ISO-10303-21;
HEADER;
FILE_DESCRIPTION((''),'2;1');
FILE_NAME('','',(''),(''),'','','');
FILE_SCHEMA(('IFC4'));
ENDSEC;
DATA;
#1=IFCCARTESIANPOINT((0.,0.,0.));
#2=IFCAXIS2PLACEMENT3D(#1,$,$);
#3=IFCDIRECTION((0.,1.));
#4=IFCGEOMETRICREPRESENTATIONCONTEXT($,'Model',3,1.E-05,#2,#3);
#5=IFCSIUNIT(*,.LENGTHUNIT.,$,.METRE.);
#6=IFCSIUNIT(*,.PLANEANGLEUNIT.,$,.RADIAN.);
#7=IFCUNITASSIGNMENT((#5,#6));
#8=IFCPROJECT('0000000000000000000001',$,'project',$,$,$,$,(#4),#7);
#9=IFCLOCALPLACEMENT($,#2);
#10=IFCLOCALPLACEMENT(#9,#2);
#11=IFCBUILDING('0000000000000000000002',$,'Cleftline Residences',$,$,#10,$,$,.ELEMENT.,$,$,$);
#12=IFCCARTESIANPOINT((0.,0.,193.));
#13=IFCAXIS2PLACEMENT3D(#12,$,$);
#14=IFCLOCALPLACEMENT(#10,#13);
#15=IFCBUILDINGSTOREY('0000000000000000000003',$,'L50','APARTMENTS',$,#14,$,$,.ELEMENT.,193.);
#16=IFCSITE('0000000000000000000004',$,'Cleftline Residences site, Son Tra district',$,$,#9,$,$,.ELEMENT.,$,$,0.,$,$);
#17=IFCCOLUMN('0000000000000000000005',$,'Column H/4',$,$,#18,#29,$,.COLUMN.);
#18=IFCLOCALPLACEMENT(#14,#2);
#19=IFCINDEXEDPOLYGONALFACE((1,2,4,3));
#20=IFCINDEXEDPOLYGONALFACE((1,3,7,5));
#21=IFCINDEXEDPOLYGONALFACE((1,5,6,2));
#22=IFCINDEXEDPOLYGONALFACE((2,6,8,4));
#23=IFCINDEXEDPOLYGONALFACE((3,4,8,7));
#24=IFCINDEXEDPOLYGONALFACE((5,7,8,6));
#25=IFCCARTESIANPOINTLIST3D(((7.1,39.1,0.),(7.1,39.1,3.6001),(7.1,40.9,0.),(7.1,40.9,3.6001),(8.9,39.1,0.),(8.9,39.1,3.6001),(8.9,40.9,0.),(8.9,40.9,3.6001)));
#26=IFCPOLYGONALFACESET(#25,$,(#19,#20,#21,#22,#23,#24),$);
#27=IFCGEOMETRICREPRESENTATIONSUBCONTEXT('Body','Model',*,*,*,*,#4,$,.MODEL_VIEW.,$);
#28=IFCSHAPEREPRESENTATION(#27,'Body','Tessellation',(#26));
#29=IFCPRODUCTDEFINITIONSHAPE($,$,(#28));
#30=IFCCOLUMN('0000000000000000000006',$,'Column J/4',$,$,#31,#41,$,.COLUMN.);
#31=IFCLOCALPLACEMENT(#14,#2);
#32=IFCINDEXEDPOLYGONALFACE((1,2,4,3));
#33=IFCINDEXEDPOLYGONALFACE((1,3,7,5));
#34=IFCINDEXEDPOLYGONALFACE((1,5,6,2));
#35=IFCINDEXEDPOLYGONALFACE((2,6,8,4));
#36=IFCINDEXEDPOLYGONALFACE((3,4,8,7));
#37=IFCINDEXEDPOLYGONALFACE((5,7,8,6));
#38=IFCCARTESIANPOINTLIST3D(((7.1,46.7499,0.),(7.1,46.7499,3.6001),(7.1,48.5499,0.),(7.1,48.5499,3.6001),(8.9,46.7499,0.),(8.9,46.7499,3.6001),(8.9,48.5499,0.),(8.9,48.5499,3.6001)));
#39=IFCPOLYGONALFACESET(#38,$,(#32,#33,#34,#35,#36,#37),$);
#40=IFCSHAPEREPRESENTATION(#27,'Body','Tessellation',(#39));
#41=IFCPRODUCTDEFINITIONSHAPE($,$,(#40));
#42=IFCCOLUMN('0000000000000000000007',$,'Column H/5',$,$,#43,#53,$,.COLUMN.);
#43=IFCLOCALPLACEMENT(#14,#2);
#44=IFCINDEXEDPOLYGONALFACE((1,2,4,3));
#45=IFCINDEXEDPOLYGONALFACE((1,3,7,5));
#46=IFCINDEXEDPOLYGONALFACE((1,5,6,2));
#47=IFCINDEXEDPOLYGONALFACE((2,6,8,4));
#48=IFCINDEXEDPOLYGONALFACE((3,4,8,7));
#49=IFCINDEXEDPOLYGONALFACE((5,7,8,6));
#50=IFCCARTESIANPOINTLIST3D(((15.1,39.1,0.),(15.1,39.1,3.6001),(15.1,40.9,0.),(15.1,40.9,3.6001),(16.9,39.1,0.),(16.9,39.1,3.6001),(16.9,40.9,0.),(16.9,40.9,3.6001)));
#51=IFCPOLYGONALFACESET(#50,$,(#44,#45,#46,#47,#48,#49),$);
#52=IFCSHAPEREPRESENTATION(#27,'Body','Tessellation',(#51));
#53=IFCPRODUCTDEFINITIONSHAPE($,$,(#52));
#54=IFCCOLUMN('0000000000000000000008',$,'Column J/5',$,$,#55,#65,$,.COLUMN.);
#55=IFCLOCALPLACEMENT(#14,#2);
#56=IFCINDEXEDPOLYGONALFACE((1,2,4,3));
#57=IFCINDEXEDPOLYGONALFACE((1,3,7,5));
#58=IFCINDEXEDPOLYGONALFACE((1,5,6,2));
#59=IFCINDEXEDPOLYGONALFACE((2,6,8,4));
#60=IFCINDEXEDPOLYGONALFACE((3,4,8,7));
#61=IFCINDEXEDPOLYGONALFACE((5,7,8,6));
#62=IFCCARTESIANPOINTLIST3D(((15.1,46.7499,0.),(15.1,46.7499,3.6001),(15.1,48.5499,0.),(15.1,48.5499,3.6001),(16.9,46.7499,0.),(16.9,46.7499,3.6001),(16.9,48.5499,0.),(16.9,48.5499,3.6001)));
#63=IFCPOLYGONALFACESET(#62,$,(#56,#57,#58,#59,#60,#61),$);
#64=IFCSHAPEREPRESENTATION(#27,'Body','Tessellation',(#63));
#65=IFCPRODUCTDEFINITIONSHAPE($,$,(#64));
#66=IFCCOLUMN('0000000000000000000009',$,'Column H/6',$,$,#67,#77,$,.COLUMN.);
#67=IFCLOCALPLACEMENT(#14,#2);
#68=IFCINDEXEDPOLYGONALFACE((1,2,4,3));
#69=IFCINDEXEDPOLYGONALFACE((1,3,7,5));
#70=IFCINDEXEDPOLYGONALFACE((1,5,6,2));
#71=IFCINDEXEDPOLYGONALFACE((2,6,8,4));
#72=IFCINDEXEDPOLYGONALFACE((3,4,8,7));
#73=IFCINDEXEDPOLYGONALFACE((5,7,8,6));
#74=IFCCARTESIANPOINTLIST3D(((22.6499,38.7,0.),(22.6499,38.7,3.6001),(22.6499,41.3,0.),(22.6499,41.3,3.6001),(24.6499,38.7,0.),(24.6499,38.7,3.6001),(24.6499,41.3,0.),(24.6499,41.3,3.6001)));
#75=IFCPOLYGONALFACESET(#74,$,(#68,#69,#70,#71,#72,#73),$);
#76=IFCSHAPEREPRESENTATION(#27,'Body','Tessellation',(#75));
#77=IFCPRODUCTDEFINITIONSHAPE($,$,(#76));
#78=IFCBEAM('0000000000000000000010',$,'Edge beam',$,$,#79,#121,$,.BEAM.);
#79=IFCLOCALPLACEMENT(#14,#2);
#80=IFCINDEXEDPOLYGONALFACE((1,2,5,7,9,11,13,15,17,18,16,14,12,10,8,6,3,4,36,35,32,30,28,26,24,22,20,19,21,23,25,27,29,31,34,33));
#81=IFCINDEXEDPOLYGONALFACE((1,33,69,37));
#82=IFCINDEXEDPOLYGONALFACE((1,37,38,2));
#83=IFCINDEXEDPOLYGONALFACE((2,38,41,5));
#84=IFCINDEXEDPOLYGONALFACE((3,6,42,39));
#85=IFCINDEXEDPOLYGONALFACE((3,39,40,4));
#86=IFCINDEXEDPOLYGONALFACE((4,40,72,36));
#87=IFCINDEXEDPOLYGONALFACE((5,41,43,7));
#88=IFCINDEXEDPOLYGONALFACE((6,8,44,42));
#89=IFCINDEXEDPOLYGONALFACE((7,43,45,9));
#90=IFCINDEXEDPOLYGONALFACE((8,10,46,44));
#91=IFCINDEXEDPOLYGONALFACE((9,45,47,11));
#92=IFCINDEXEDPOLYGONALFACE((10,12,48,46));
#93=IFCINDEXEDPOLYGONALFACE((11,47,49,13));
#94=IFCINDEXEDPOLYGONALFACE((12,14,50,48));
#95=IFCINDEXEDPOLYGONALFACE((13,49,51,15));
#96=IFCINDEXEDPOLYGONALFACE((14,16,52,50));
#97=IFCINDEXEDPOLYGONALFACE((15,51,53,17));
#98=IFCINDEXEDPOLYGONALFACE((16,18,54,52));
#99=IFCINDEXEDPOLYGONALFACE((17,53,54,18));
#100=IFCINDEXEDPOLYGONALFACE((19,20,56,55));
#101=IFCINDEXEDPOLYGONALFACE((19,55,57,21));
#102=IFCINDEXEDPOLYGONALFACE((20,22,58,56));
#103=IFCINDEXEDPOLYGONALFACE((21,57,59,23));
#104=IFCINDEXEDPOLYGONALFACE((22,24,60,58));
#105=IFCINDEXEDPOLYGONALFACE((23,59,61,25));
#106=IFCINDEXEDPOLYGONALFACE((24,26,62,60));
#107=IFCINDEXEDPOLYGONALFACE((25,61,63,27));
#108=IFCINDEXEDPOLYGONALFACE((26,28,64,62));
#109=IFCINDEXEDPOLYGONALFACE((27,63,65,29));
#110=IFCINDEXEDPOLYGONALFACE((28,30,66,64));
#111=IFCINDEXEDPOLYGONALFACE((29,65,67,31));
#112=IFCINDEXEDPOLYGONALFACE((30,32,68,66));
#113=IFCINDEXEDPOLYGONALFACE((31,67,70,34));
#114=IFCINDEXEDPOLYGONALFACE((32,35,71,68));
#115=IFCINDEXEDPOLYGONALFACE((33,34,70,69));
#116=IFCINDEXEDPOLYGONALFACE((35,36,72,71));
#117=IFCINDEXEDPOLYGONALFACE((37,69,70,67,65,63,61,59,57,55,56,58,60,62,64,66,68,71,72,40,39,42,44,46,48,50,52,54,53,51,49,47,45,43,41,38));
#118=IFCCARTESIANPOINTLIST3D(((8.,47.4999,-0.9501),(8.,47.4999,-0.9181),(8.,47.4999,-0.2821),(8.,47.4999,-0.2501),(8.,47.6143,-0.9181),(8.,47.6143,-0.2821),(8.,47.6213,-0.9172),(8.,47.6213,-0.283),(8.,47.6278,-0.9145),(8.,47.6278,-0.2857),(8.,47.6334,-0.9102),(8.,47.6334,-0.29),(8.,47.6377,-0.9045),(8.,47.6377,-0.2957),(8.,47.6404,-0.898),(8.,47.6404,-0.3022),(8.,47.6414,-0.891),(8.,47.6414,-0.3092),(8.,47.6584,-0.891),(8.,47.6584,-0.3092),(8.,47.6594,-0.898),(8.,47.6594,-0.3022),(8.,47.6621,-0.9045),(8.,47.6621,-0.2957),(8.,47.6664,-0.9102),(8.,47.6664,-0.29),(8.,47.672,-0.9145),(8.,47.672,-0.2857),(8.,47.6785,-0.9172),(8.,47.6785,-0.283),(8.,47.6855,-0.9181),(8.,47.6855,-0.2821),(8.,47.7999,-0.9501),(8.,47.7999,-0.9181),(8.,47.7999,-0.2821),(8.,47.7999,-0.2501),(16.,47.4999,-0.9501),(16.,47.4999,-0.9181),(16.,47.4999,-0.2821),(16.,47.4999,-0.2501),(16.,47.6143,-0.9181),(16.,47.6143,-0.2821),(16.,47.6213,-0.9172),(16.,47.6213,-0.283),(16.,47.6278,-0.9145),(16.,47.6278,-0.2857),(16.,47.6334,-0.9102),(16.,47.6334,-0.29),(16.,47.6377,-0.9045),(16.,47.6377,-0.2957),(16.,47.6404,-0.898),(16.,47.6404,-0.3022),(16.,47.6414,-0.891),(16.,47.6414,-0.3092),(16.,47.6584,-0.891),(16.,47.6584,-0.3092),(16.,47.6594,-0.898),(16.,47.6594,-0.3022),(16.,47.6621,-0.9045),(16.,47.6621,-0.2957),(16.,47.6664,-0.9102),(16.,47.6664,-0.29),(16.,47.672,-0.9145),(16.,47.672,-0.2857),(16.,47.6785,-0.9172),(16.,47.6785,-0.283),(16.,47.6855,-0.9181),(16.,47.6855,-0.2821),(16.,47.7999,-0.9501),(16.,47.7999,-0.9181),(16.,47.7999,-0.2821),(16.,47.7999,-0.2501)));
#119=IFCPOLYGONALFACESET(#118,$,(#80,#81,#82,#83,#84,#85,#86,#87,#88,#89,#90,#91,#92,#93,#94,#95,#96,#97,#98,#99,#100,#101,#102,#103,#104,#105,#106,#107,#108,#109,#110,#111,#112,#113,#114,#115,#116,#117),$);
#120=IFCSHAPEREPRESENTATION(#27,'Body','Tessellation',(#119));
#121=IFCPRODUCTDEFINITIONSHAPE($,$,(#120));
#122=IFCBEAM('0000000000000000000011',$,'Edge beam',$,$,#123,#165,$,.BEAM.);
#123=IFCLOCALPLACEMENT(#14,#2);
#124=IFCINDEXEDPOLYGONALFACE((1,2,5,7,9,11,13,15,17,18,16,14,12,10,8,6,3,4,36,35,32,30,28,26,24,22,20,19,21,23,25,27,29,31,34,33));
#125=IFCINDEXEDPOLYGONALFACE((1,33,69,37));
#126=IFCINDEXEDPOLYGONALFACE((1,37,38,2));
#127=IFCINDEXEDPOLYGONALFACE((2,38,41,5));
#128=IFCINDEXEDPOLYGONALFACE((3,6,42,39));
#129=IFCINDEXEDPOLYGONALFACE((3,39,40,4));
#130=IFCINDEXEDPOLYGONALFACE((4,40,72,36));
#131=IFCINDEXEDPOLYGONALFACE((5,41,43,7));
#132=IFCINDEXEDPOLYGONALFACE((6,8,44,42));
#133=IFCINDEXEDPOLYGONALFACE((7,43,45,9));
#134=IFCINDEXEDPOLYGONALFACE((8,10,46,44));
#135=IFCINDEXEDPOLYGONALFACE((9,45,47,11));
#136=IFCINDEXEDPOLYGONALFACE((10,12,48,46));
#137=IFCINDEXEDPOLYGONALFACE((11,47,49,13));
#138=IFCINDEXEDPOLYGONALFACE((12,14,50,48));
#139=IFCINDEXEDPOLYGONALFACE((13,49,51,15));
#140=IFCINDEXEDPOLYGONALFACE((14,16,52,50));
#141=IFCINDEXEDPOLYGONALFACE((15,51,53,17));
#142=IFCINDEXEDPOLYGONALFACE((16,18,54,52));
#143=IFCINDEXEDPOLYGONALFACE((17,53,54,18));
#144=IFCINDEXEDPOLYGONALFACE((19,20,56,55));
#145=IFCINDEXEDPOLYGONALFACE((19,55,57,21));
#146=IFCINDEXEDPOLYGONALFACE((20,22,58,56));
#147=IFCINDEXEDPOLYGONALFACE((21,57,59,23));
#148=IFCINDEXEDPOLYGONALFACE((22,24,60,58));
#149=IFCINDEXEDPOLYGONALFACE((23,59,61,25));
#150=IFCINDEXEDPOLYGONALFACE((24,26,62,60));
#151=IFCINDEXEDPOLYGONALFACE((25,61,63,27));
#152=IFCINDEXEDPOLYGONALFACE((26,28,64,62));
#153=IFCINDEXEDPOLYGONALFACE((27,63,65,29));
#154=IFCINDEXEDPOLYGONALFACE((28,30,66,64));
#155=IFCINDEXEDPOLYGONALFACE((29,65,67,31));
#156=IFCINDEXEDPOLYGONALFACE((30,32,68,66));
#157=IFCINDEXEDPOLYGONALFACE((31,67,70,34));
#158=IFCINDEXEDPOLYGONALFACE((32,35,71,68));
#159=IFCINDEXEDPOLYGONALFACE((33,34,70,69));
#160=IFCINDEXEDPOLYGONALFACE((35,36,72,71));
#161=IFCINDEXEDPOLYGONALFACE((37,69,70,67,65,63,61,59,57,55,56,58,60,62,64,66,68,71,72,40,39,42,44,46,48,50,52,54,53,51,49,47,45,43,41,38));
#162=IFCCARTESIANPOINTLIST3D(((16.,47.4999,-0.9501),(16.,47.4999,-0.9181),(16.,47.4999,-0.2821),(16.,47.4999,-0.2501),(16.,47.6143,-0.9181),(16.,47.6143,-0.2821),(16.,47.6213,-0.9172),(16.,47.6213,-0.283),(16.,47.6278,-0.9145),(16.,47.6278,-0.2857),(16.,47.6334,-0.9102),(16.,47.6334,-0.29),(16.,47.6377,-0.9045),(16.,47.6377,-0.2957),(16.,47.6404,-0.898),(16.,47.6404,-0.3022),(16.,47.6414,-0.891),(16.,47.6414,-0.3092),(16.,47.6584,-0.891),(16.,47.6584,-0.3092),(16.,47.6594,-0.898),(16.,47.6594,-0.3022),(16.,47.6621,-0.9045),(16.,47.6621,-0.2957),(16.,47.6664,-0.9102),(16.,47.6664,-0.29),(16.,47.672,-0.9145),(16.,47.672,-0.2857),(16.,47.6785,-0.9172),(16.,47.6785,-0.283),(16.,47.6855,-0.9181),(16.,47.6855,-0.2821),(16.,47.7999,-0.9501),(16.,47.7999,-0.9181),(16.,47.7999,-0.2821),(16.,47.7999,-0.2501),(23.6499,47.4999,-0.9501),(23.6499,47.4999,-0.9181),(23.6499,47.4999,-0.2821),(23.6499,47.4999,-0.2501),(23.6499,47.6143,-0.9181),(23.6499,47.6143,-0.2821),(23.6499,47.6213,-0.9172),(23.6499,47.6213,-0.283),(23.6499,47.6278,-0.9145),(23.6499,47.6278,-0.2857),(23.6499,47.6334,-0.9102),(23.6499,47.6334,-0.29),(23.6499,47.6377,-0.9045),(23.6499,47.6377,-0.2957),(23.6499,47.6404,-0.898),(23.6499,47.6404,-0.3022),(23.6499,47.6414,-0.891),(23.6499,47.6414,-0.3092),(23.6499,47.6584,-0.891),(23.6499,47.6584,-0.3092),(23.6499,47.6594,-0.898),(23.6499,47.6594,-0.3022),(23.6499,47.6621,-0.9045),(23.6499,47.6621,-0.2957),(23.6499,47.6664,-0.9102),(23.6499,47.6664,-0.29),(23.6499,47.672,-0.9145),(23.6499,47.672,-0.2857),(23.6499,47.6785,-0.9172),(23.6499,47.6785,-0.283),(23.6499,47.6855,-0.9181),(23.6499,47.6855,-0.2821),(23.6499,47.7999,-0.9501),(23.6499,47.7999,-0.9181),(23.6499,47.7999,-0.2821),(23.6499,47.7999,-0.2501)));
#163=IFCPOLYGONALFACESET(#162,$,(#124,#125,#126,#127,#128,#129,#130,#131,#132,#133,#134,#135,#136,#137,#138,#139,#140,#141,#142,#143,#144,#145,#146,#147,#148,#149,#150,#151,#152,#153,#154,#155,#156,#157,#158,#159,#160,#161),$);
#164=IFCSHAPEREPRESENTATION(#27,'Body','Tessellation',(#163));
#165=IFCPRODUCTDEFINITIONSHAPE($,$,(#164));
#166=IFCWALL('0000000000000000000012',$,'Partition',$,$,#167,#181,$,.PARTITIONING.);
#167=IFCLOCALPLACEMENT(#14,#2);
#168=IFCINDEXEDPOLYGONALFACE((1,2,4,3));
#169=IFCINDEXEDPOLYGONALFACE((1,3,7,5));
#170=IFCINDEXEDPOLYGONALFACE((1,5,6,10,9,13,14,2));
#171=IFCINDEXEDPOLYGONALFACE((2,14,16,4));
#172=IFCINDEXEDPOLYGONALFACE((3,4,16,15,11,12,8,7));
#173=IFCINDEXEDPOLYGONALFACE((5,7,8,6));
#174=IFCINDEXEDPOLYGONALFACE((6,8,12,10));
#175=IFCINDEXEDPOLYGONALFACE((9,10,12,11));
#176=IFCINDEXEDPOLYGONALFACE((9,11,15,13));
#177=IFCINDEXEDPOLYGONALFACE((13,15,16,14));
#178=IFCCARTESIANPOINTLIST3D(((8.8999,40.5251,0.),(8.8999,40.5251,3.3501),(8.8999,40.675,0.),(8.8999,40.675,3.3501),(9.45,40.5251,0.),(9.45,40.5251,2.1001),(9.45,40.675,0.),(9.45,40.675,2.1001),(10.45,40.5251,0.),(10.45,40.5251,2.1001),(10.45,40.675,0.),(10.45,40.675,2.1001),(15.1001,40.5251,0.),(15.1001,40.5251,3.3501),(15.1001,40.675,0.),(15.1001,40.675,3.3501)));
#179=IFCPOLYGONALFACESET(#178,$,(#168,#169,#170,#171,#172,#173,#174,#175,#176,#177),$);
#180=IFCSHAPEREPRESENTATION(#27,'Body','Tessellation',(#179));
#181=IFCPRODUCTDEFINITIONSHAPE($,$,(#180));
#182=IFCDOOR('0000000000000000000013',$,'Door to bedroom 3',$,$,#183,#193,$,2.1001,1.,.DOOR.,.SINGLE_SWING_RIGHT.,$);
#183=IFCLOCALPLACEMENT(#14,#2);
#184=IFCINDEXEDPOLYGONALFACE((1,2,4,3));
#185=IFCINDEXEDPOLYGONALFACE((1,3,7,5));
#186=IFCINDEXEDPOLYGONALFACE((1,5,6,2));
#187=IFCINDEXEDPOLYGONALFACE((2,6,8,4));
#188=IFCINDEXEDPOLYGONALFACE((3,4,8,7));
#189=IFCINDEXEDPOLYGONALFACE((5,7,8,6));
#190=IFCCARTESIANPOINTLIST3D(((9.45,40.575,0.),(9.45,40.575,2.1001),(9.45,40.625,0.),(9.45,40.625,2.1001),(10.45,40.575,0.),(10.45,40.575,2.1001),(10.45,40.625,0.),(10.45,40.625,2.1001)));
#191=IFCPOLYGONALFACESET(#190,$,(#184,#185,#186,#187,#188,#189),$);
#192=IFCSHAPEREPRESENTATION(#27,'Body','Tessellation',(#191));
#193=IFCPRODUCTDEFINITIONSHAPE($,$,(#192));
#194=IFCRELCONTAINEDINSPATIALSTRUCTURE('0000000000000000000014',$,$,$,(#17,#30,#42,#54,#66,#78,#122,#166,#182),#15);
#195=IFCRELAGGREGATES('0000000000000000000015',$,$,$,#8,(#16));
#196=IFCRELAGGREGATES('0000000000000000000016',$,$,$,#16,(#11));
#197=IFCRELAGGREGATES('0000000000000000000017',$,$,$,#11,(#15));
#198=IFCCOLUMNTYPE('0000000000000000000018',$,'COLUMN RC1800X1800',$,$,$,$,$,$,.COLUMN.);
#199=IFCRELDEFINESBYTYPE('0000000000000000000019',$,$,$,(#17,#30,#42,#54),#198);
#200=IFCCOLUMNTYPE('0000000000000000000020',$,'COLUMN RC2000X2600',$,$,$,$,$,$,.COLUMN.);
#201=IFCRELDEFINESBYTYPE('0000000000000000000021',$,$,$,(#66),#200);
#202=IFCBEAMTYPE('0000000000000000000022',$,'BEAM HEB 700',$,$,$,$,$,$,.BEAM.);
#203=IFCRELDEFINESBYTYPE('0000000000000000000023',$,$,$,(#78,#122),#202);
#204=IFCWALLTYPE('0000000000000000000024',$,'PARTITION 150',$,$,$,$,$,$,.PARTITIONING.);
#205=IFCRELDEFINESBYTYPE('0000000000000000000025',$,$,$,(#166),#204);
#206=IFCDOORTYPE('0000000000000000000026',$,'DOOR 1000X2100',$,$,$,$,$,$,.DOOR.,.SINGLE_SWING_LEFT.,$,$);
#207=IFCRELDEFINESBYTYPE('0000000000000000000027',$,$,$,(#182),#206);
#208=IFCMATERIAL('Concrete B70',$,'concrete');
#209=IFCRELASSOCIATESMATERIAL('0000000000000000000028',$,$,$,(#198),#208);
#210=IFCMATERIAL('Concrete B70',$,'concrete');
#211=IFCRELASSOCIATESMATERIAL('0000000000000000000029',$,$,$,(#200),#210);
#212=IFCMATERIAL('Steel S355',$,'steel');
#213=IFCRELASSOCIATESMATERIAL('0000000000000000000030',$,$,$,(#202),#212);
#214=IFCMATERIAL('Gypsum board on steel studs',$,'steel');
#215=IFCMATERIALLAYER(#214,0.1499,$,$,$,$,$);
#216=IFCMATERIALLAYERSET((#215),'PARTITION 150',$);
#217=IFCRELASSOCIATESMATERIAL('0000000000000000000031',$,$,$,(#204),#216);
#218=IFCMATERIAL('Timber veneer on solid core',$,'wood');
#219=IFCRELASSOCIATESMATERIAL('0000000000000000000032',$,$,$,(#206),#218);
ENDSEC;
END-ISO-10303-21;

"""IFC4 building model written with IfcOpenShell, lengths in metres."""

from ifc_helpers import new_model, si_unit, direction, frame, frame_2d, origin, origin_2d, place, context, subcontext, project, spatial, rectangle, i_section, extrude, material, layer, layer_set, material_profile, profile_set, type_object, element, fill, save


model = new_model("IFC4")

# Units and contexts
model_context = context("Model", 3, precision=1e-05, world=origin(), true_north=direction((0.0, 1.0)))
body_context = subcontext(model_context, "Body", "Model", "MODEL_VIEW")
ifc_project = project(units=[si_unit("LENGTHUNIT", "METRE"), si_unit("PLANEANGLEUNIT", "RADIAN")], contexts=[model_context])

# Site, building, storey
site_placement = place(None, origin())
site = spatial("IfcSite", under=ifc_project, at=site_placement, Name="Cleftline Residences site, Son Tra district", CompositionType="ELEMENT", RefElevation=0.0)
building_placement = place(site_placement, origin())
building = spatial("IfcBuilding", under=site, at=building_placement, Name="Cleftline Residences", CompositionType="ELEMENT")
storey_placement = place(building_placement, frame((0.0, 0.0, 193.0)))
storey = spatial("IfcBuildingStorey", under=building, at=storey_placement, Name="L50", Description="APARTMENTS", CompositionType="ELEMENT", Elevation=193.0)

# Columns
ifc_material_1 = material(Name="Concrete B70", Category="concrete")
ifc_material_profile_1 = material_profile(ifc_material_1, rectangle(XDim=1.8, YDim=1.8, at=origin_2d()))
ifc_profile_set_1 = profile_set([ifc_material_profile_1], Name="Concrete B70")
column_type_1 = type_object("IfcColumnType", Name="COLUMN RC1800X1800", PredefinedType="COLUMN", material=ifc_profile_set_1)
for number, where, z_axis, x_axis, name in (
    (1, (8.0, 40.0, 0.0), (0.0, 0.0, 1.0), (1.0, 0.0, 0.0), "Column H/4"),
    (2, (8.0, 47.6499, 0.0), (0.0, 0.0, 1.0), (1.0, 0.0, 0.0), "Column J/4"),
    (3, (16.0, 40.0, 0.0), (0.0, 0.0, 1.0), (1.0, 0.0, 0.0), "Column H/5"),
    (4, (16.0, 47.6499, 0.0), (0.0, 0.0, 1.0), (1.0, 0.0, 0.0), "Column J/5"),
):
    element("IfcColumn", number, at=place(storey_placement, frame(where, z_axis=z_axis, x_axis=x_axis)), inside=storey, type_object=column_type_1, Name=name, PredefinedType="COLUMN", context=body_context, shape_type="SweptSolid", body=[
        extrude(rectangle(XDim=1.8, YDim=1.8, at=origin_2d()), origin(), (0.0, 0.0, 1.0), 3.6001),
    ])
ifc_material_2 = material(Name="Concrete B70", Category="concrete")
ifc_material_profile_2 = material_profile(ifc_material_2, rectangle(XDim=2.0, YDim=2.6001, at=origin_2d()))
ifc_profile_set_2 = profile_set([ifc_material_profile_2], Name="Concrete B70")
column_type_2 = type_object("IfcColumnType", Name="COLUMN RC2000X2600", PredefinedType="COLUMN", material=ifc_profile_set_2)
column_placement = place(storey_placement, frame((23.6499, 40.0, 0.0), z_axis=(0.0, 0.0, 1.0), x_axis=(1.0, 0.0, 0.0)))
element("IfcColumn", 5, at=column_placement, inside=storey, type_object=column_type_2, Name="Column H/6", PredefinedType="COLUMN", context=body_context, shape_type="SweptSolid", body=[
    extrude(rectangle(XDim=2.0, YDim=2.6001, at=origin_2d()), origin(), (0.0, 0.0, 1.0), 3.6001),
])

# Beams
ifc_material_3 = material(Name="Steel S355", Category="steel")
ifc_material_profile_3 = material_profile(ifc_material_3, i_section(OverallWidth=0.3, OverallDepth=0.7, WebThickness=0.0171, FlangeThickness=0.032, FilletRadius=0.0271, at=origin_2d()))
ifc_profile_set_3 = profile_set([ifc_material_profile_3], Name="Steel S355")
beam_type = type_object("IfcBeamType", Name="BEAM HEB 700", PredefinedType="BEAM", material=ifc_profile_set_3)
beam_1_placement = place(storey_placement, frame((8.0, 47.6499, -0.6001), z_axis=(1.0, 0.0, 0.0), x_axis=(0.0, 1.0, 0.0)))
element("IfcBeam", 6, at=beam_1_placement, inside=storey, type_object=beam_type, Name="Edge beam", PredefinedType="BEAM", context=body_context, shape_type="SweptSolid", body=[
    extrude(i_section(OverallWidth=0.3, OverallDepth=0.7, WebThickness=0.0171, FlangeThickness=0.032, FilletRadius=0.0271, at=origin_2d()), origin(), (0.0, 0.0, 1.0), 8.0),
])
beam_2_placement = place(storey_placement, frame((16.0, 47.6499, -0.6001), z_axis=(1.0, 0.0, 0.0), x_axis=(0.0, 1.0, 0.0)))
element("IfcBeam", 7, at=beam_2_placement, inside=storey, type_object=beam_type, Name="Edge beam", PredefinedType="BEAM", context=body_context, shape_type="SweptSolid", body=[
    extrude(i_section(OverallWidth=0.3, OverallDepth=0.7, WebThickness=0.0171, FlangeThickness=0.032, FilletRadius=0.0271, at=origin_2d()), origin(), (0.0, 0.0, 1.0), 7.6499),
])

# Wall, opening, door
ifc_material_4 = material(Name="Gypsum board on steel studs", Category="steel")
ifc_layer = layer(ifc_material_4, 0.1499)
ifc_layer_set = layer_set([ifc_layer], Name="PARTITION 150")
wall_type = type_object("IfcWallType", Name="PARTITION 150", PredefinedType="PARTITIONING", material=ifc_layer_set)
wall_1_placement = place(storey_placement, frame((8.8999, 40.6001, 0.0), z_axis=(0.0, 0.0, 1.0), x_axis=(1.0, 0.0, 0.0)))
wall_1 = element("IfcWall", 8, at=wall_1_placement, inside=storey, type_object=wall_type, Name="Partition", PredefinedType="PARTITIONING", context=body_context, shape_type="SweptSolid", body=[
    extrude(rectangle(XDim=6.2002, YDim=0.1499, at=frame_2d((3.1001, 0.0))), origin(), (0.0, 0.0, 1.0), 3.3501),
])
opening_1_placement = place(wall_1_placement, frame((0.55, 0.0, 0.0)))
opening_1 = element("IfcOpeningElement", 9, at=opening_1_placement, cuts=wall_1, PredefinedType="OPENING", context=body_context, shape_type="SweptSolid", body=[
    extrude(rectangle(XDim=1.0, YDim=2.1001, at=frame_2d((0.5, 1.05))), frame((0.0, 0.085, 0.0), z_axis=(0.0, -1.0, 0.0), x_axis=(1.0, 0.0, 0.0)), (0.0, 0.0, 1.0), 0.1699),
])
ifc_material_5 = material(Name="Timber veneer on solid core", Category="wood")
door_type_1 = type_object("IfcDoorType", Name="DOOR 1000X2100", OperationType="SINGLE_SWING_LEFT", PredefinedType="DOOR", material=ifc_material_5)
door_1_placement = place(opening_1_placement, origin())
door_1 = element("IfcDoor", 10, at=door_1_placement, inside=storey, type_object=door_type_1, Name="Door to bedroom 3", OperationType="SINGLE_SWING_RIGHT", OverallHeight=2.1001, OverallWidth=1.0, PredefinedType="DOOR", context=body_context, shape_type="SweptSolid", body=[
    extrude(rectangle(XDim=1.0, YDim=2.1001, at=frame_2d((0.5, 1.05))), frame((0.0, 0.0249, 0.0), z_axis=(0.0, -1.0, 0.0), x_axis=(1.0, 0.0, 0.0)), (0.0, 0.0, 1.0), 0.05),
])
fill(opening_1, door_1)

save(model, "model.ifc")
